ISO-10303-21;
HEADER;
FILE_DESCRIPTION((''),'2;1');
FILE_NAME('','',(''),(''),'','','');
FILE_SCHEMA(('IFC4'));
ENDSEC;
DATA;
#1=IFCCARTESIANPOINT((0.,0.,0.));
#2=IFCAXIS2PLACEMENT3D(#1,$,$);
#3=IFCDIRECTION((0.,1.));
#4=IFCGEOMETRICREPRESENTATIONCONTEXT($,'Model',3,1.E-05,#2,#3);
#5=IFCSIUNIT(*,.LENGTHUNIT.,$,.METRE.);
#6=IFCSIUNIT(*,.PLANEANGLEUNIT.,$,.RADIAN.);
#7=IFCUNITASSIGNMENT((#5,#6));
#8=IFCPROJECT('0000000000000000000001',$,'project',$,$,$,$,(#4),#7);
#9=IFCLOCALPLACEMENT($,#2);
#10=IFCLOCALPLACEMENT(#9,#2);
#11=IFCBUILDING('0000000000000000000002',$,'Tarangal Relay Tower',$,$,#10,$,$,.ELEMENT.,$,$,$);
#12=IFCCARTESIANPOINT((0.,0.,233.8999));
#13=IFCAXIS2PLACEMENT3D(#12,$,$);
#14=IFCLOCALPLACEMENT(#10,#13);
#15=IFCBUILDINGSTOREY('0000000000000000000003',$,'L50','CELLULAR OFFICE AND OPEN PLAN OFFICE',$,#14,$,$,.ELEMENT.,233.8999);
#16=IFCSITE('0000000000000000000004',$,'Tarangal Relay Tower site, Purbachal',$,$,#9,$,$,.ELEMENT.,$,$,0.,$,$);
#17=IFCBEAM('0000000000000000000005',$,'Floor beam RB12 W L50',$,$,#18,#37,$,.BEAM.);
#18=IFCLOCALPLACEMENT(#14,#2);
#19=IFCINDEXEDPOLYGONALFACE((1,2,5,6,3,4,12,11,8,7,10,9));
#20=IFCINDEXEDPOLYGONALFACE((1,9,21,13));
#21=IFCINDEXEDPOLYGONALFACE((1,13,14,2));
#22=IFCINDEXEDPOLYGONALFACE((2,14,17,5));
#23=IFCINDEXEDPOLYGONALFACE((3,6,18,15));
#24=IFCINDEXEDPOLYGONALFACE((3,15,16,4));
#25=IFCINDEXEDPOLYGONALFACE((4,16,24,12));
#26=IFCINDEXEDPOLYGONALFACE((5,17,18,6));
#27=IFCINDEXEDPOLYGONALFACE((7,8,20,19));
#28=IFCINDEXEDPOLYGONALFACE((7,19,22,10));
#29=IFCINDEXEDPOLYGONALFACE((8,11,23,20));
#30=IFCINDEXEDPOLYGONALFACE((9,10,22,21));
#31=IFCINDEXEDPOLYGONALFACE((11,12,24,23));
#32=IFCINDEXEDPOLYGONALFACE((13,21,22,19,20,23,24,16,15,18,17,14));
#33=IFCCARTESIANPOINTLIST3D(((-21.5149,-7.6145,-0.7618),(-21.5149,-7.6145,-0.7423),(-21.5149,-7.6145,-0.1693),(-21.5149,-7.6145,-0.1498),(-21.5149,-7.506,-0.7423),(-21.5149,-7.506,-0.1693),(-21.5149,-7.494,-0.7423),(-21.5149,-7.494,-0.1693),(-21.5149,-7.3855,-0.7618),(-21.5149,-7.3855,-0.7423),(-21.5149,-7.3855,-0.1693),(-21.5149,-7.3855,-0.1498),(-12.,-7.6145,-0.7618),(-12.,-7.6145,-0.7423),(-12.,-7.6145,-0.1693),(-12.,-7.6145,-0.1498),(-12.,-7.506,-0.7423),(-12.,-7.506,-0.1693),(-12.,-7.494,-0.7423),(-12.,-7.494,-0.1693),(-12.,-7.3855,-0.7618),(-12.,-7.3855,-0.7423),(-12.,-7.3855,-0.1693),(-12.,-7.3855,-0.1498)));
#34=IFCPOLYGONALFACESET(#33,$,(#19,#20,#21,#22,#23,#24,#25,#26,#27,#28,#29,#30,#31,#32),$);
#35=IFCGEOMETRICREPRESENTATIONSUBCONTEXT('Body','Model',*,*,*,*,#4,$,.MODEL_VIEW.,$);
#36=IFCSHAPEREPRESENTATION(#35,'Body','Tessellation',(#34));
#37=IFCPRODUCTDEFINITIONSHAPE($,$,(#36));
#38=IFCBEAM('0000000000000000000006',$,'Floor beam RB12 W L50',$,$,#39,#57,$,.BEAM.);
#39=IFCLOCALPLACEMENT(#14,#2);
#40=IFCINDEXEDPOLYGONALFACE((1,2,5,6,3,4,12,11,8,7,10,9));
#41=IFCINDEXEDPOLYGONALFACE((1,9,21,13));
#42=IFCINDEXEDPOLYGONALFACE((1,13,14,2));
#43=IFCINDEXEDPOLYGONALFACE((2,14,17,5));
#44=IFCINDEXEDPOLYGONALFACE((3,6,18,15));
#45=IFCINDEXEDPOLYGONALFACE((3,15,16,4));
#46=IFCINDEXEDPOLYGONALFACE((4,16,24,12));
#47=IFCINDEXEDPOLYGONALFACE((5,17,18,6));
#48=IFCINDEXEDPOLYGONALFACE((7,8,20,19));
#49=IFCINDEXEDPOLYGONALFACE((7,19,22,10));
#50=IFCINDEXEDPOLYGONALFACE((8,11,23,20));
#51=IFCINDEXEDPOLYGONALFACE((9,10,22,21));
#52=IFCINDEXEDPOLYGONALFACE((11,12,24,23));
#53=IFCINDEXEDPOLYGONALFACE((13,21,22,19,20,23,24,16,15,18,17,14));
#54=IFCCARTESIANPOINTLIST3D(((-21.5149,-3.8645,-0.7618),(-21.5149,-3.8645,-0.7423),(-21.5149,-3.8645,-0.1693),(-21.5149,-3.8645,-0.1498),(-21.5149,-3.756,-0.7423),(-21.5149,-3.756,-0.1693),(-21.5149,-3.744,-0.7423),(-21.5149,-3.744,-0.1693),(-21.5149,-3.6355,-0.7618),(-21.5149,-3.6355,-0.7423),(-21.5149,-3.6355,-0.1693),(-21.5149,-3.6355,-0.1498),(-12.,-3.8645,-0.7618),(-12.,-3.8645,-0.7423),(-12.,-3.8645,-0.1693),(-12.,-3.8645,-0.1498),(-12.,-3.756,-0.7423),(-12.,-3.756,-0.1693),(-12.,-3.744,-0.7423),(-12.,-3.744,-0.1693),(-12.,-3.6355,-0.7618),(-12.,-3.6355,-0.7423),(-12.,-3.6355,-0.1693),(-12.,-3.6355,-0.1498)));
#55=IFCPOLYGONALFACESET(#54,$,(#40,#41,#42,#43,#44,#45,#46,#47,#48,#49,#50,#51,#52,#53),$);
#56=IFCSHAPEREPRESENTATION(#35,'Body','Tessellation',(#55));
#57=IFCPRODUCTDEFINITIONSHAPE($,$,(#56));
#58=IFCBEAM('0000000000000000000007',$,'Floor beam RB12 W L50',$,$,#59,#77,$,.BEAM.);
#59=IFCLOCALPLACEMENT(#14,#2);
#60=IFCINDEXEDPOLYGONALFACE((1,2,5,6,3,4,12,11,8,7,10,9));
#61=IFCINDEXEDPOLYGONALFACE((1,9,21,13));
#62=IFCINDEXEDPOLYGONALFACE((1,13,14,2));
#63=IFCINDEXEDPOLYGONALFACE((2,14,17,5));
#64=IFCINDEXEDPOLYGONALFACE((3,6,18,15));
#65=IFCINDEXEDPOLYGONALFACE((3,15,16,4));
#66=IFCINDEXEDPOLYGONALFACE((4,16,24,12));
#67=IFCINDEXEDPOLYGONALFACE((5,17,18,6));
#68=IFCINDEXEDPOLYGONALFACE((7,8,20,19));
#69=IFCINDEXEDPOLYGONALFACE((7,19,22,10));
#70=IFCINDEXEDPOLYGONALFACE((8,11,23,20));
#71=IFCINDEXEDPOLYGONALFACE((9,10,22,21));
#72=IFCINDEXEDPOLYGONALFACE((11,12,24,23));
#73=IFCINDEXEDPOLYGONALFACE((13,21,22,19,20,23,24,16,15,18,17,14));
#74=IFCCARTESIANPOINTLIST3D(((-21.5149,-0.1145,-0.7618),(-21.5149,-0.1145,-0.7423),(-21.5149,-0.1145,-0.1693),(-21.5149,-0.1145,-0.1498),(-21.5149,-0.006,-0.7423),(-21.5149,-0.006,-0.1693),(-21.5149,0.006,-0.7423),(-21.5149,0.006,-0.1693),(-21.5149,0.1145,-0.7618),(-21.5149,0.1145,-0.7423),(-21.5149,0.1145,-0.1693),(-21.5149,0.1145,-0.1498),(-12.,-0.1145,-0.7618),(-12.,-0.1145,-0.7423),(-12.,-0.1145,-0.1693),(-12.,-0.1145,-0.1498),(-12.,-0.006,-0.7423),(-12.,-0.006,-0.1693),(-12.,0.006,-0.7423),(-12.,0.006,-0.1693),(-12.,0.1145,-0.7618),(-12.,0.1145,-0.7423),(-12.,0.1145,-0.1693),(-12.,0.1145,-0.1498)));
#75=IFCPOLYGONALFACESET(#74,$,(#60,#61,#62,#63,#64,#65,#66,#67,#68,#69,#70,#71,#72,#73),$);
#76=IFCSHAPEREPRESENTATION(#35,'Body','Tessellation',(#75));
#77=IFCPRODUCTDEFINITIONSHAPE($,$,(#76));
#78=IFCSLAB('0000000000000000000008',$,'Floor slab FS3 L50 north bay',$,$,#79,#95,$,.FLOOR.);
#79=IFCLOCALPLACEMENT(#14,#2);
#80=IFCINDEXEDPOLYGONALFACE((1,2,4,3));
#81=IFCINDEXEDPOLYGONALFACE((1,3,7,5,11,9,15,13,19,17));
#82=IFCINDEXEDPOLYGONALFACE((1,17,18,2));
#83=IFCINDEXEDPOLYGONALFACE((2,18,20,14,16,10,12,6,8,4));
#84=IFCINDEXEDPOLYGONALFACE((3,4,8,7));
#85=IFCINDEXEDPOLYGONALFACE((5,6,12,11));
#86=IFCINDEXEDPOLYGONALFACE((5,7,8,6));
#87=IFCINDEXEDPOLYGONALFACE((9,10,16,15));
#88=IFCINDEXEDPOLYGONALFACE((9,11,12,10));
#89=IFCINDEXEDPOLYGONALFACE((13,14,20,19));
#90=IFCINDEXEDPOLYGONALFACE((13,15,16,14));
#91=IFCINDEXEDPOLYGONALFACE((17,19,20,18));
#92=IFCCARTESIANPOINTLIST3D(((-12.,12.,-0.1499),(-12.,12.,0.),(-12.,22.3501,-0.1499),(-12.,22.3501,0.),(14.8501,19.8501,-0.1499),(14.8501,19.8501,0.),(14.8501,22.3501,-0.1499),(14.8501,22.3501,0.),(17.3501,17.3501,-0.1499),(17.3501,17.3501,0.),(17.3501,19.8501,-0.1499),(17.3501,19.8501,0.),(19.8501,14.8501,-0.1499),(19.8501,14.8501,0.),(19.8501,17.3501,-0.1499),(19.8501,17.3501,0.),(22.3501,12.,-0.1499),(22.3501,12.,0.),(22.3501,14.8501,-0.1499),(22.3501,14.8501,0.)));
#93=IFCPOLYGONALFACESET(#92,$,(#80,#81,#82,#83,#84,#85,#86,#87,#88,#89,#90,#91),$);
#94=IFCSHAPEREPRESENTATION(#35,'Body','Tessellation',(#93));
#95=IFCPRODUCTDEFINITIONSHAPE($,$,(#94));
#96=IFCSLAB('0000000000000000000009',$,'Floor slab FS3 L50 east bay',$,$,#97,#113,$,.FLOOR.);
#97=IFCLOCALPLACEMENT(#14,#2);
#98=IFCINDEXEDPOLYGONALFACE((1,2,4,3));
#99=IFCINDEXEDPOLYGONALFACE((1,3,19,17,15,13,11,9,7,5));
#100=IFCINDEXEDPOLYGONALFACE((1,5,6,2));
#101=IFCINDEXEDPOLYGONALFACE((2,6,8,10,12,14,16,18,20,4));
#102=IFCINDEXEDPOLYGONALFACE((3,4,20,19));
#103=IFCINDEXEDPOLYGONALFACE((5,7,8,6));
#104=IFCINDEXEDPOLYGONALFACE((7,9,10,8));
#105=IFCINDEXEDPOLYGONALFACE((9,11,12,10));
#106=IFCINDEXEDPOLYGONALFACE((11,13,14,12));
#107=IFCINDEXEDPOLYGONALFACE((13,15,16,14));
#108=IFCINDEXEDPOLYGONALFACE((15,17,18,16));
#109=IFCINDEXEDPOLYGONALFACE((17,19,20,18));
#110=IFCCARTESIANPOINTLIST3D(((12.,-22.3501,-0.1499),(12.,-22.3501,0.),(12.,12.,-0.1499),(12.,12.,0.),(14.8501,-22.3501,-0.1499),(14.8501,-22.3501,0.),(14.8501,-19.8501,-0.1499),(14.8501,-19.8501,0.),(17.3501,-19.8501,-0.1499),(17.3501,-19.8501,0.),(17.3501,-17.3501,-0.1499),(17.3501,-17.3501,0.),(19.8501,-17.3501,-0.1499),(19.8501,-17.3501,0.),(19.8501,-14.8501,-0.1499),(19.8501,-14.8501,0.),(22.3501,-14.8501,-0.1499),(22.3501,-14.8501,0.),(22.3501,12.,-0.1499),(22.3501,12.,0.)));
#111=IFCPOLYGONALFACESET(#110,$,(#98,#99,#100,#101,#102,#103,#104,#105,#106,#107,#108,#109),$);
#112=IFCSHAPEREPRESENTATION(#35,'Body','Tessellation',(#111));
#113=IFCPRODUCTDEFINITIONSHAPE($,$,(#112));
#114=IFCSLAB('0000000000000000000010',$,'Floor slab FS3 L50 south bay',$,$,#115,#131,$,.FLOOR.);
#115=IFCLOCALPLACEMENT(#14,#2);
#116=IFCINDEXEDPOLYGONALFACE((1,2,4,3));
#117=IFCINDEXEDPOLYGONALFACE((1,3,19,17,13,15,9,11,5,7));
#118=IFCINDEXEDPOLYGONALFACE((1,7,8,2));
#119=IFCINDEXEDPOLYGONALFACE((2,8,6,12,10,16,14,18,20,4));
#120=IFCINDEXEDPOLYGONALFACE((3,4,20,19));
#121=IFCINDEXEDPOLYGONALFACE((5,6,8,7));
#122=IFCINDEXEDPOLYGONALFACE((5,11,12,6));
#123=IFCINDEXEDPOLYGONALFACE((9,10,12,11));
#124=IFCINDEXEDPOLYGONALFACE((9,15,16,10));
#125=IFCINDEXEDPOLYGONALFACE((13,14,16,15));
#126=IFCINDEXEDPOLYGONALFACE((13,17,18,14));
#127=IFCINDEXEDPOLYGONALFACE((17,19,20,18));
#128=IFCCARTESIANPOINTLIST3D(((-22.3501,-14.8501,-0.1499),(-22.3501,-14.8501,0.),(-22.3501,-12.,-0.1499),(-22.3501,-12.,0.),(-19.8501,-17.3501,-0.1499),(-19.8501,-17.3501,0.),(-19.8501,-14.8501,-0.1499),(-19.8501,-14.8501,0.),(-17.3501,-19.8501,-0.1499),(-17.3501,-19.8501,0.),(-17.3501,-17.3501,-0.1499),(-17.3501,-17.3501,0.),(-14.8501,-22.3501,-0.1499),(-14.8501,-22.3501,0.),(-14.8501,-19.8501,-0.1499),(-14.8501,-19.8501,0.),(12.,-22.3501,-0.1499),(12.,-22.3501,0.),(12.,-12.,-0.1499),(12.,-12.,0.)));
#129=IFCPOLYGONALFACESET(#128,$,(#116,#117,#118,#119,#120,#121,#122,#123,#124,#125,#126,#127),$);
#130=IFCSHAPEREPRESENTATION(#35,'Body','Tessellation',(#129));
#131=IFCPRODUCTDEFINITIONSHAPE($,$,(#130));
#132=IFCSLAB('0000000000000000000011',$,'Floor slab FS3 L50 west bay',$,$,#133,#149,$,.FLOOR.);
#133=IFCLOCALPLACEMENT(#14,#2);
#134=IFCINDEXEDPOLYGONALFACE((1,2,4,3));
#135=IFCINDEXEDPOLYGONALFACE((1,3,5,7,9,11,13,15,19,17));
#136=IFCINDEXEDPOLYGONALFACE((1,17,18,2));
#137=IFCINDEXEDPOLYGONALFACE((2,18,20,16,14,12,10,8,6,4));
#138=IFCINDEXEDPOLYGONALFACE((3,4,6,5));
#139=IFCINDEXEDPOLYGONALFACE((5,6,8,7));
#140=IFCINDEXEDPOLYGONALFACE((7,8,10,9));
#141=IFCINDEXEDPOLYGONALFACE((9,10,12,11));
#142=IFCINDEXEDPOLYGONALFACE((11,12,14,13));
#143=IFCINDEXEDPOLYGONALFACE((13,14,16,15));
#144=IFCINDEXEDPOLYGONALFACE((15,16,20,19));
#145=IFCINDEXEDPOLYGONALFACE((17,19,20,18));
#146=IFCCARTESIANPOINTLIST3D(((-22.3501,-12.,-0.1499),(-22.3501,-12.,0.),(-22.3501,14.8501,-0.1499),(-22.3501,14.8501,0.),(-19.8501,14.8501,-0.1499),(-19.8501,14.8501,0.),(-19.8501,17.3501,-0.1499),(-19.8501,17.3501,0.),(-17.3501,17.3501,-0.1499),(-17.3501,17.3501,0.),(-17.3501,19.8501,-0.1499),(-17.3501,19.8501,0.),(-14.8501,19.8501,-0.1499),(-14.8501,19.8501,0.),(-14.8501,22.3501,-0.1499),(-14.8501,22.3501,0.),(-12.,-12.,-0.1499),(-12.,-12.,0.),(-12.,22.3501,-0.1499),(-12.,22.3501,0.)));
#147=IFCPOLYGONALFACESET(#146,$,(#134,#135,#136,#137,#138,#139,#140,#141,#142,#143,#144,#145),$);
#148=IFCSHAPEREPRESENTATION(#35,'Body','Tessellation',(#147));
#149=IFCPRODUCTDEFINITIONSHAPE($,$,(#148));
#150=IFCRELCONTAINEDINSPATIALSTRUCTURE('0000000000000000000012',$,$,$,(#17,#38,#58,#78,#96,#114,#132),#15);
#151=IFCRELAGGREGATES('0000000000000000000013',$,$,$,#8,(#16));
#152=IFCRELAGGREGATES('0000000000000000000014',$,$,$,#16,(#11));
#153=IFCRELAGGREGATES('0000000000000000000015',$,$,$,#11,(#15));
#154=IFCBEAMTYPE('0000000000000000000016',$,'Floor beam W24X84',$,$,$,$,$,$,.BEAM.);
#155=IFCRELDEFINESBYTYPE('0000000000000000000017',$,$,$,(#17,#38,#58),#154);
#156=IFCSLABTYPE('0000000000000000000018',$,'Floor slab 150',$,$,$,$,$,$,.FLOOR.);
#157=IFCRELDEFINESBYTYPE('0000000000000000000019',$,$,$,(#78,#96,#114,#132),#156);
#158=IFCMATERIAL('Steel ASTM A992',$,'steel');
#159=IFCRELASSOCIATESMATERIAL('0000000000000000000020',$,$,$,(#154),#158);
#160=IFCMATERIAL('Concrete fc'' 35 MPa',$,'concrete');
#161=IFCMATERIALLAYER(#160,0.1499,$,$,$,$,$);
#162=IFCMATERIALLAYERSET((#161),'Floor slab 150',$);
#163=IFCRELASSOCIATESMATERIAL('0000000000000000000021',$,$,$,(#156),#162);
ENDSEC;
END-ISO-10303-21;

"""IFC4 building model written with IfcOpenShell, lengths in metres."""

from ifc_helpers import new_model, si_unit, direction, frame, origin, origin_2d, place, context, subcontext, project, spatial, polyline, i_section, outline, extrude, material, layer, layer_set, material_profile, profile_set, type_object, element, save


model = new_model("IFC4")

# Units and contexts
model_context = context("Model", 3, precision=1e-05, world=origin(), true_north=direction((0.0, 1.0)))
body_context = subcontext(model_context, "Body", "Model", "MODEL_VIEW")
ifc_project = project(units=[si_unit("LENGTHUNIT", "METRE"), si_unit("PLANEANGLEUNIT", "RADIAN")], contexts=[model_context])

# Site, building, storey
site_placement = place(None, origin())
site = spatial("IfcSite", under=ifc_project, at=site_placement, Name="Tarangal Relay Tower site, Purbachal", CompositionType="ELEMENT", RefElevation=0.0)
building_placement = place(site_placement, origin())
building = spatial("IfcBuilding", under=site, at=building_placement, Name="Tarangal Relay Tower", CompositionType="ELEMENT")
storey_placement = place(building_placement, frame((0.0, 0.0, 233.8999)))
storey = spatial("IfcBuildingStorey", under=building, at=storey_placement, Name="L50", Description="CELLULAR OFFICE AND OPEN PLAN OFFICE", CompositionType="ELEMENT", Elevation=233.8999)

# Beams
ifc_material_1 = material(Name="Steel ASTM A992", Category="steel")
ifc_material_profile = material_profile(ifc_material_1, i_section(OverallWidth=0.229, OverallDepth=0.6121, WebThickness=0.012, FlangeThickness=0.0195, at=origin_2d()), Name="W24X84")
ifc_profile_set = profile_set([ifc_material_profile], Name="Steel ASTM A992")
beam_type = type_object("IfcBeamType", Name="Floor beam W24X84", PredefinedType="BEAM", material=ifc_profile_set)
for number, where, z_axis, x_axis, name in (
    (1, (-12.0, -7.5, -0.4558), (-1.0, 0.0, 0.0), (0.0, -1.0, 0.0), "Floor beam RB12 W L50"),
    (2, (-12.0, -3.75, -0.4558), (-1.0, 0.0, 0.0), (0.0, -1.0, 0.0), "Floor beam RB12 W L50"),
    (3, (-12.0, 0.0, -0.4558), (-1.0, 0.0, 0.0), (0.0, -1.0, 0.0), "Floor beam RB12 W L50"),
):
    element("IfcBeam", number, at=place(storey_placement, frame(where, z_axis=z_axis, x_axis=x_axis)), inside=storey, type_object=beam_type, Name=name, PredefinedType="BEAM", context=body_context, shape_type="SweptSolid", body=[
        extrude(i_section(OverallWidth=0.229, OverallDepth=0.6121, WebThickness=0.012, FlangeThickness=0.0195, at=origin_2d()), origin(), (0.0, 0.0, 1.0), 9.5149),
    ])

# Slabs
ifc_material_2 = material(Name="Concrete fc' 35 MPa", Category="concrete")
ifc_layer_1 = layer(ifc_material_2, 0.1499)
ifc_layer_set_1 = layer_set([ifc_layer_1], Name="Floor slab 150")
slab_type = type_object("IfcSlabType", Name="Floor slab 150", PredefinedType="FLOOR", material=ifc_layer_set_1)
slab_1_placement = place(storey_placement, frame((0.0, 0.0, -0.1499)))
element("IfcSlab", 4, at=slab_1_placement, inside=storey, type_object=slab_type, Name="Floor slab FS3 L50 north bay", PredefinedType="FLOOR", context=body_context, shape_type="SweptSolid", body=[
    extrude(outline(polyline([(14.8501, 22.3501), (14.8501, 19.8501), (17.3501, 19.8501), (17.3501, 17.3501), (19.8501, 17.3501), (19.8501, 14.8501), (22.3501, 14.8501), (22.3501, 12.0), (-12.0, 12.0), (-12.0, 22.3501), (14.8501, 22.3501)])), origin(), (0.0, 0.0, 1.0), 0.1499),
])
slab_2_placement = place(storey_placement, frame((0.0, 0.0, -0.1499)))
element("IfcSlab", 5, at=slab_2_placement, inside=storey, type_object=slab_type, Name="Floor slab FS3 L50 east bay", PredefinedType="FLOOR", context=body_context, shape_type="SweptSolid", body=[
    extrude(outline(polyline([(22.3501, -14.8501), (19.8501, -14.8501), (19.8501, -17.3501), (17.3501, -17.3501), (17.3501, -19.8501), (14.8501, -19.8501), (14.8501, -22.3501), (12.0, -22.3501), (12.0, 12.0), (22.3501, 12.0), (22.3501, -14.8501)])), origin(), (0.0, 0.0, 1.0), 0.1499),
])
slab_3_placement = place(storey_placement, frame((0.0, 0.0, -0.1499)))
element("IfcSlab", 6, at=slab_3_placement, inside=storey, type_object=slab_type, Name="Floor slab FS3 L50 south bay", PredefinedType="FLOOR", context=body_context, shape_type="SweptSolid", body=[
    extrude(outline(polyline([(-14.8501, -22.3501), (-14.8501, -19.8501), (-17.3501, -19.8501), (-17.3501, -17.3501), (-19.8501, -17.3501), (-19.8501, -14.8501), (-22.3501, -14.8501), (-22.3501, -12.0), (12.0, -12.0), (12.0, -22.3501), (-14.8501, -22.3501)])), origin(), (0.0, 0.0, 1.0), 0.1499),
])
slab_4_placement = place(storey_placement, frame((0.0, 0.0, -0.1499)))
element("IfcSlab", 7, at=slab_4_placement, inside=storey, type_object=slab_type, Name="Floor slab FS3 L50 west bay", PredefinedType="FLOOR", context=body_context, shape_type="SweptSolid", body=[
    extrude(outline(polyline([(-12.0, 22.3501), (-12.0, -12.0), (-22.3501, -12.0), (-22.3501, 14.8501), (-19.8501, 14.8501), (-19.8501, 17.3501), (-17.3501, 17.3501), (-17.3501, 19.8501), (-14.8501, 19.8501), (-14.8501, 22.3501), (-12.0, 22.3501)])), origin(), (0.0, 0.0, 1.0), 0.1499),
])

save(model, "model.ifc")
